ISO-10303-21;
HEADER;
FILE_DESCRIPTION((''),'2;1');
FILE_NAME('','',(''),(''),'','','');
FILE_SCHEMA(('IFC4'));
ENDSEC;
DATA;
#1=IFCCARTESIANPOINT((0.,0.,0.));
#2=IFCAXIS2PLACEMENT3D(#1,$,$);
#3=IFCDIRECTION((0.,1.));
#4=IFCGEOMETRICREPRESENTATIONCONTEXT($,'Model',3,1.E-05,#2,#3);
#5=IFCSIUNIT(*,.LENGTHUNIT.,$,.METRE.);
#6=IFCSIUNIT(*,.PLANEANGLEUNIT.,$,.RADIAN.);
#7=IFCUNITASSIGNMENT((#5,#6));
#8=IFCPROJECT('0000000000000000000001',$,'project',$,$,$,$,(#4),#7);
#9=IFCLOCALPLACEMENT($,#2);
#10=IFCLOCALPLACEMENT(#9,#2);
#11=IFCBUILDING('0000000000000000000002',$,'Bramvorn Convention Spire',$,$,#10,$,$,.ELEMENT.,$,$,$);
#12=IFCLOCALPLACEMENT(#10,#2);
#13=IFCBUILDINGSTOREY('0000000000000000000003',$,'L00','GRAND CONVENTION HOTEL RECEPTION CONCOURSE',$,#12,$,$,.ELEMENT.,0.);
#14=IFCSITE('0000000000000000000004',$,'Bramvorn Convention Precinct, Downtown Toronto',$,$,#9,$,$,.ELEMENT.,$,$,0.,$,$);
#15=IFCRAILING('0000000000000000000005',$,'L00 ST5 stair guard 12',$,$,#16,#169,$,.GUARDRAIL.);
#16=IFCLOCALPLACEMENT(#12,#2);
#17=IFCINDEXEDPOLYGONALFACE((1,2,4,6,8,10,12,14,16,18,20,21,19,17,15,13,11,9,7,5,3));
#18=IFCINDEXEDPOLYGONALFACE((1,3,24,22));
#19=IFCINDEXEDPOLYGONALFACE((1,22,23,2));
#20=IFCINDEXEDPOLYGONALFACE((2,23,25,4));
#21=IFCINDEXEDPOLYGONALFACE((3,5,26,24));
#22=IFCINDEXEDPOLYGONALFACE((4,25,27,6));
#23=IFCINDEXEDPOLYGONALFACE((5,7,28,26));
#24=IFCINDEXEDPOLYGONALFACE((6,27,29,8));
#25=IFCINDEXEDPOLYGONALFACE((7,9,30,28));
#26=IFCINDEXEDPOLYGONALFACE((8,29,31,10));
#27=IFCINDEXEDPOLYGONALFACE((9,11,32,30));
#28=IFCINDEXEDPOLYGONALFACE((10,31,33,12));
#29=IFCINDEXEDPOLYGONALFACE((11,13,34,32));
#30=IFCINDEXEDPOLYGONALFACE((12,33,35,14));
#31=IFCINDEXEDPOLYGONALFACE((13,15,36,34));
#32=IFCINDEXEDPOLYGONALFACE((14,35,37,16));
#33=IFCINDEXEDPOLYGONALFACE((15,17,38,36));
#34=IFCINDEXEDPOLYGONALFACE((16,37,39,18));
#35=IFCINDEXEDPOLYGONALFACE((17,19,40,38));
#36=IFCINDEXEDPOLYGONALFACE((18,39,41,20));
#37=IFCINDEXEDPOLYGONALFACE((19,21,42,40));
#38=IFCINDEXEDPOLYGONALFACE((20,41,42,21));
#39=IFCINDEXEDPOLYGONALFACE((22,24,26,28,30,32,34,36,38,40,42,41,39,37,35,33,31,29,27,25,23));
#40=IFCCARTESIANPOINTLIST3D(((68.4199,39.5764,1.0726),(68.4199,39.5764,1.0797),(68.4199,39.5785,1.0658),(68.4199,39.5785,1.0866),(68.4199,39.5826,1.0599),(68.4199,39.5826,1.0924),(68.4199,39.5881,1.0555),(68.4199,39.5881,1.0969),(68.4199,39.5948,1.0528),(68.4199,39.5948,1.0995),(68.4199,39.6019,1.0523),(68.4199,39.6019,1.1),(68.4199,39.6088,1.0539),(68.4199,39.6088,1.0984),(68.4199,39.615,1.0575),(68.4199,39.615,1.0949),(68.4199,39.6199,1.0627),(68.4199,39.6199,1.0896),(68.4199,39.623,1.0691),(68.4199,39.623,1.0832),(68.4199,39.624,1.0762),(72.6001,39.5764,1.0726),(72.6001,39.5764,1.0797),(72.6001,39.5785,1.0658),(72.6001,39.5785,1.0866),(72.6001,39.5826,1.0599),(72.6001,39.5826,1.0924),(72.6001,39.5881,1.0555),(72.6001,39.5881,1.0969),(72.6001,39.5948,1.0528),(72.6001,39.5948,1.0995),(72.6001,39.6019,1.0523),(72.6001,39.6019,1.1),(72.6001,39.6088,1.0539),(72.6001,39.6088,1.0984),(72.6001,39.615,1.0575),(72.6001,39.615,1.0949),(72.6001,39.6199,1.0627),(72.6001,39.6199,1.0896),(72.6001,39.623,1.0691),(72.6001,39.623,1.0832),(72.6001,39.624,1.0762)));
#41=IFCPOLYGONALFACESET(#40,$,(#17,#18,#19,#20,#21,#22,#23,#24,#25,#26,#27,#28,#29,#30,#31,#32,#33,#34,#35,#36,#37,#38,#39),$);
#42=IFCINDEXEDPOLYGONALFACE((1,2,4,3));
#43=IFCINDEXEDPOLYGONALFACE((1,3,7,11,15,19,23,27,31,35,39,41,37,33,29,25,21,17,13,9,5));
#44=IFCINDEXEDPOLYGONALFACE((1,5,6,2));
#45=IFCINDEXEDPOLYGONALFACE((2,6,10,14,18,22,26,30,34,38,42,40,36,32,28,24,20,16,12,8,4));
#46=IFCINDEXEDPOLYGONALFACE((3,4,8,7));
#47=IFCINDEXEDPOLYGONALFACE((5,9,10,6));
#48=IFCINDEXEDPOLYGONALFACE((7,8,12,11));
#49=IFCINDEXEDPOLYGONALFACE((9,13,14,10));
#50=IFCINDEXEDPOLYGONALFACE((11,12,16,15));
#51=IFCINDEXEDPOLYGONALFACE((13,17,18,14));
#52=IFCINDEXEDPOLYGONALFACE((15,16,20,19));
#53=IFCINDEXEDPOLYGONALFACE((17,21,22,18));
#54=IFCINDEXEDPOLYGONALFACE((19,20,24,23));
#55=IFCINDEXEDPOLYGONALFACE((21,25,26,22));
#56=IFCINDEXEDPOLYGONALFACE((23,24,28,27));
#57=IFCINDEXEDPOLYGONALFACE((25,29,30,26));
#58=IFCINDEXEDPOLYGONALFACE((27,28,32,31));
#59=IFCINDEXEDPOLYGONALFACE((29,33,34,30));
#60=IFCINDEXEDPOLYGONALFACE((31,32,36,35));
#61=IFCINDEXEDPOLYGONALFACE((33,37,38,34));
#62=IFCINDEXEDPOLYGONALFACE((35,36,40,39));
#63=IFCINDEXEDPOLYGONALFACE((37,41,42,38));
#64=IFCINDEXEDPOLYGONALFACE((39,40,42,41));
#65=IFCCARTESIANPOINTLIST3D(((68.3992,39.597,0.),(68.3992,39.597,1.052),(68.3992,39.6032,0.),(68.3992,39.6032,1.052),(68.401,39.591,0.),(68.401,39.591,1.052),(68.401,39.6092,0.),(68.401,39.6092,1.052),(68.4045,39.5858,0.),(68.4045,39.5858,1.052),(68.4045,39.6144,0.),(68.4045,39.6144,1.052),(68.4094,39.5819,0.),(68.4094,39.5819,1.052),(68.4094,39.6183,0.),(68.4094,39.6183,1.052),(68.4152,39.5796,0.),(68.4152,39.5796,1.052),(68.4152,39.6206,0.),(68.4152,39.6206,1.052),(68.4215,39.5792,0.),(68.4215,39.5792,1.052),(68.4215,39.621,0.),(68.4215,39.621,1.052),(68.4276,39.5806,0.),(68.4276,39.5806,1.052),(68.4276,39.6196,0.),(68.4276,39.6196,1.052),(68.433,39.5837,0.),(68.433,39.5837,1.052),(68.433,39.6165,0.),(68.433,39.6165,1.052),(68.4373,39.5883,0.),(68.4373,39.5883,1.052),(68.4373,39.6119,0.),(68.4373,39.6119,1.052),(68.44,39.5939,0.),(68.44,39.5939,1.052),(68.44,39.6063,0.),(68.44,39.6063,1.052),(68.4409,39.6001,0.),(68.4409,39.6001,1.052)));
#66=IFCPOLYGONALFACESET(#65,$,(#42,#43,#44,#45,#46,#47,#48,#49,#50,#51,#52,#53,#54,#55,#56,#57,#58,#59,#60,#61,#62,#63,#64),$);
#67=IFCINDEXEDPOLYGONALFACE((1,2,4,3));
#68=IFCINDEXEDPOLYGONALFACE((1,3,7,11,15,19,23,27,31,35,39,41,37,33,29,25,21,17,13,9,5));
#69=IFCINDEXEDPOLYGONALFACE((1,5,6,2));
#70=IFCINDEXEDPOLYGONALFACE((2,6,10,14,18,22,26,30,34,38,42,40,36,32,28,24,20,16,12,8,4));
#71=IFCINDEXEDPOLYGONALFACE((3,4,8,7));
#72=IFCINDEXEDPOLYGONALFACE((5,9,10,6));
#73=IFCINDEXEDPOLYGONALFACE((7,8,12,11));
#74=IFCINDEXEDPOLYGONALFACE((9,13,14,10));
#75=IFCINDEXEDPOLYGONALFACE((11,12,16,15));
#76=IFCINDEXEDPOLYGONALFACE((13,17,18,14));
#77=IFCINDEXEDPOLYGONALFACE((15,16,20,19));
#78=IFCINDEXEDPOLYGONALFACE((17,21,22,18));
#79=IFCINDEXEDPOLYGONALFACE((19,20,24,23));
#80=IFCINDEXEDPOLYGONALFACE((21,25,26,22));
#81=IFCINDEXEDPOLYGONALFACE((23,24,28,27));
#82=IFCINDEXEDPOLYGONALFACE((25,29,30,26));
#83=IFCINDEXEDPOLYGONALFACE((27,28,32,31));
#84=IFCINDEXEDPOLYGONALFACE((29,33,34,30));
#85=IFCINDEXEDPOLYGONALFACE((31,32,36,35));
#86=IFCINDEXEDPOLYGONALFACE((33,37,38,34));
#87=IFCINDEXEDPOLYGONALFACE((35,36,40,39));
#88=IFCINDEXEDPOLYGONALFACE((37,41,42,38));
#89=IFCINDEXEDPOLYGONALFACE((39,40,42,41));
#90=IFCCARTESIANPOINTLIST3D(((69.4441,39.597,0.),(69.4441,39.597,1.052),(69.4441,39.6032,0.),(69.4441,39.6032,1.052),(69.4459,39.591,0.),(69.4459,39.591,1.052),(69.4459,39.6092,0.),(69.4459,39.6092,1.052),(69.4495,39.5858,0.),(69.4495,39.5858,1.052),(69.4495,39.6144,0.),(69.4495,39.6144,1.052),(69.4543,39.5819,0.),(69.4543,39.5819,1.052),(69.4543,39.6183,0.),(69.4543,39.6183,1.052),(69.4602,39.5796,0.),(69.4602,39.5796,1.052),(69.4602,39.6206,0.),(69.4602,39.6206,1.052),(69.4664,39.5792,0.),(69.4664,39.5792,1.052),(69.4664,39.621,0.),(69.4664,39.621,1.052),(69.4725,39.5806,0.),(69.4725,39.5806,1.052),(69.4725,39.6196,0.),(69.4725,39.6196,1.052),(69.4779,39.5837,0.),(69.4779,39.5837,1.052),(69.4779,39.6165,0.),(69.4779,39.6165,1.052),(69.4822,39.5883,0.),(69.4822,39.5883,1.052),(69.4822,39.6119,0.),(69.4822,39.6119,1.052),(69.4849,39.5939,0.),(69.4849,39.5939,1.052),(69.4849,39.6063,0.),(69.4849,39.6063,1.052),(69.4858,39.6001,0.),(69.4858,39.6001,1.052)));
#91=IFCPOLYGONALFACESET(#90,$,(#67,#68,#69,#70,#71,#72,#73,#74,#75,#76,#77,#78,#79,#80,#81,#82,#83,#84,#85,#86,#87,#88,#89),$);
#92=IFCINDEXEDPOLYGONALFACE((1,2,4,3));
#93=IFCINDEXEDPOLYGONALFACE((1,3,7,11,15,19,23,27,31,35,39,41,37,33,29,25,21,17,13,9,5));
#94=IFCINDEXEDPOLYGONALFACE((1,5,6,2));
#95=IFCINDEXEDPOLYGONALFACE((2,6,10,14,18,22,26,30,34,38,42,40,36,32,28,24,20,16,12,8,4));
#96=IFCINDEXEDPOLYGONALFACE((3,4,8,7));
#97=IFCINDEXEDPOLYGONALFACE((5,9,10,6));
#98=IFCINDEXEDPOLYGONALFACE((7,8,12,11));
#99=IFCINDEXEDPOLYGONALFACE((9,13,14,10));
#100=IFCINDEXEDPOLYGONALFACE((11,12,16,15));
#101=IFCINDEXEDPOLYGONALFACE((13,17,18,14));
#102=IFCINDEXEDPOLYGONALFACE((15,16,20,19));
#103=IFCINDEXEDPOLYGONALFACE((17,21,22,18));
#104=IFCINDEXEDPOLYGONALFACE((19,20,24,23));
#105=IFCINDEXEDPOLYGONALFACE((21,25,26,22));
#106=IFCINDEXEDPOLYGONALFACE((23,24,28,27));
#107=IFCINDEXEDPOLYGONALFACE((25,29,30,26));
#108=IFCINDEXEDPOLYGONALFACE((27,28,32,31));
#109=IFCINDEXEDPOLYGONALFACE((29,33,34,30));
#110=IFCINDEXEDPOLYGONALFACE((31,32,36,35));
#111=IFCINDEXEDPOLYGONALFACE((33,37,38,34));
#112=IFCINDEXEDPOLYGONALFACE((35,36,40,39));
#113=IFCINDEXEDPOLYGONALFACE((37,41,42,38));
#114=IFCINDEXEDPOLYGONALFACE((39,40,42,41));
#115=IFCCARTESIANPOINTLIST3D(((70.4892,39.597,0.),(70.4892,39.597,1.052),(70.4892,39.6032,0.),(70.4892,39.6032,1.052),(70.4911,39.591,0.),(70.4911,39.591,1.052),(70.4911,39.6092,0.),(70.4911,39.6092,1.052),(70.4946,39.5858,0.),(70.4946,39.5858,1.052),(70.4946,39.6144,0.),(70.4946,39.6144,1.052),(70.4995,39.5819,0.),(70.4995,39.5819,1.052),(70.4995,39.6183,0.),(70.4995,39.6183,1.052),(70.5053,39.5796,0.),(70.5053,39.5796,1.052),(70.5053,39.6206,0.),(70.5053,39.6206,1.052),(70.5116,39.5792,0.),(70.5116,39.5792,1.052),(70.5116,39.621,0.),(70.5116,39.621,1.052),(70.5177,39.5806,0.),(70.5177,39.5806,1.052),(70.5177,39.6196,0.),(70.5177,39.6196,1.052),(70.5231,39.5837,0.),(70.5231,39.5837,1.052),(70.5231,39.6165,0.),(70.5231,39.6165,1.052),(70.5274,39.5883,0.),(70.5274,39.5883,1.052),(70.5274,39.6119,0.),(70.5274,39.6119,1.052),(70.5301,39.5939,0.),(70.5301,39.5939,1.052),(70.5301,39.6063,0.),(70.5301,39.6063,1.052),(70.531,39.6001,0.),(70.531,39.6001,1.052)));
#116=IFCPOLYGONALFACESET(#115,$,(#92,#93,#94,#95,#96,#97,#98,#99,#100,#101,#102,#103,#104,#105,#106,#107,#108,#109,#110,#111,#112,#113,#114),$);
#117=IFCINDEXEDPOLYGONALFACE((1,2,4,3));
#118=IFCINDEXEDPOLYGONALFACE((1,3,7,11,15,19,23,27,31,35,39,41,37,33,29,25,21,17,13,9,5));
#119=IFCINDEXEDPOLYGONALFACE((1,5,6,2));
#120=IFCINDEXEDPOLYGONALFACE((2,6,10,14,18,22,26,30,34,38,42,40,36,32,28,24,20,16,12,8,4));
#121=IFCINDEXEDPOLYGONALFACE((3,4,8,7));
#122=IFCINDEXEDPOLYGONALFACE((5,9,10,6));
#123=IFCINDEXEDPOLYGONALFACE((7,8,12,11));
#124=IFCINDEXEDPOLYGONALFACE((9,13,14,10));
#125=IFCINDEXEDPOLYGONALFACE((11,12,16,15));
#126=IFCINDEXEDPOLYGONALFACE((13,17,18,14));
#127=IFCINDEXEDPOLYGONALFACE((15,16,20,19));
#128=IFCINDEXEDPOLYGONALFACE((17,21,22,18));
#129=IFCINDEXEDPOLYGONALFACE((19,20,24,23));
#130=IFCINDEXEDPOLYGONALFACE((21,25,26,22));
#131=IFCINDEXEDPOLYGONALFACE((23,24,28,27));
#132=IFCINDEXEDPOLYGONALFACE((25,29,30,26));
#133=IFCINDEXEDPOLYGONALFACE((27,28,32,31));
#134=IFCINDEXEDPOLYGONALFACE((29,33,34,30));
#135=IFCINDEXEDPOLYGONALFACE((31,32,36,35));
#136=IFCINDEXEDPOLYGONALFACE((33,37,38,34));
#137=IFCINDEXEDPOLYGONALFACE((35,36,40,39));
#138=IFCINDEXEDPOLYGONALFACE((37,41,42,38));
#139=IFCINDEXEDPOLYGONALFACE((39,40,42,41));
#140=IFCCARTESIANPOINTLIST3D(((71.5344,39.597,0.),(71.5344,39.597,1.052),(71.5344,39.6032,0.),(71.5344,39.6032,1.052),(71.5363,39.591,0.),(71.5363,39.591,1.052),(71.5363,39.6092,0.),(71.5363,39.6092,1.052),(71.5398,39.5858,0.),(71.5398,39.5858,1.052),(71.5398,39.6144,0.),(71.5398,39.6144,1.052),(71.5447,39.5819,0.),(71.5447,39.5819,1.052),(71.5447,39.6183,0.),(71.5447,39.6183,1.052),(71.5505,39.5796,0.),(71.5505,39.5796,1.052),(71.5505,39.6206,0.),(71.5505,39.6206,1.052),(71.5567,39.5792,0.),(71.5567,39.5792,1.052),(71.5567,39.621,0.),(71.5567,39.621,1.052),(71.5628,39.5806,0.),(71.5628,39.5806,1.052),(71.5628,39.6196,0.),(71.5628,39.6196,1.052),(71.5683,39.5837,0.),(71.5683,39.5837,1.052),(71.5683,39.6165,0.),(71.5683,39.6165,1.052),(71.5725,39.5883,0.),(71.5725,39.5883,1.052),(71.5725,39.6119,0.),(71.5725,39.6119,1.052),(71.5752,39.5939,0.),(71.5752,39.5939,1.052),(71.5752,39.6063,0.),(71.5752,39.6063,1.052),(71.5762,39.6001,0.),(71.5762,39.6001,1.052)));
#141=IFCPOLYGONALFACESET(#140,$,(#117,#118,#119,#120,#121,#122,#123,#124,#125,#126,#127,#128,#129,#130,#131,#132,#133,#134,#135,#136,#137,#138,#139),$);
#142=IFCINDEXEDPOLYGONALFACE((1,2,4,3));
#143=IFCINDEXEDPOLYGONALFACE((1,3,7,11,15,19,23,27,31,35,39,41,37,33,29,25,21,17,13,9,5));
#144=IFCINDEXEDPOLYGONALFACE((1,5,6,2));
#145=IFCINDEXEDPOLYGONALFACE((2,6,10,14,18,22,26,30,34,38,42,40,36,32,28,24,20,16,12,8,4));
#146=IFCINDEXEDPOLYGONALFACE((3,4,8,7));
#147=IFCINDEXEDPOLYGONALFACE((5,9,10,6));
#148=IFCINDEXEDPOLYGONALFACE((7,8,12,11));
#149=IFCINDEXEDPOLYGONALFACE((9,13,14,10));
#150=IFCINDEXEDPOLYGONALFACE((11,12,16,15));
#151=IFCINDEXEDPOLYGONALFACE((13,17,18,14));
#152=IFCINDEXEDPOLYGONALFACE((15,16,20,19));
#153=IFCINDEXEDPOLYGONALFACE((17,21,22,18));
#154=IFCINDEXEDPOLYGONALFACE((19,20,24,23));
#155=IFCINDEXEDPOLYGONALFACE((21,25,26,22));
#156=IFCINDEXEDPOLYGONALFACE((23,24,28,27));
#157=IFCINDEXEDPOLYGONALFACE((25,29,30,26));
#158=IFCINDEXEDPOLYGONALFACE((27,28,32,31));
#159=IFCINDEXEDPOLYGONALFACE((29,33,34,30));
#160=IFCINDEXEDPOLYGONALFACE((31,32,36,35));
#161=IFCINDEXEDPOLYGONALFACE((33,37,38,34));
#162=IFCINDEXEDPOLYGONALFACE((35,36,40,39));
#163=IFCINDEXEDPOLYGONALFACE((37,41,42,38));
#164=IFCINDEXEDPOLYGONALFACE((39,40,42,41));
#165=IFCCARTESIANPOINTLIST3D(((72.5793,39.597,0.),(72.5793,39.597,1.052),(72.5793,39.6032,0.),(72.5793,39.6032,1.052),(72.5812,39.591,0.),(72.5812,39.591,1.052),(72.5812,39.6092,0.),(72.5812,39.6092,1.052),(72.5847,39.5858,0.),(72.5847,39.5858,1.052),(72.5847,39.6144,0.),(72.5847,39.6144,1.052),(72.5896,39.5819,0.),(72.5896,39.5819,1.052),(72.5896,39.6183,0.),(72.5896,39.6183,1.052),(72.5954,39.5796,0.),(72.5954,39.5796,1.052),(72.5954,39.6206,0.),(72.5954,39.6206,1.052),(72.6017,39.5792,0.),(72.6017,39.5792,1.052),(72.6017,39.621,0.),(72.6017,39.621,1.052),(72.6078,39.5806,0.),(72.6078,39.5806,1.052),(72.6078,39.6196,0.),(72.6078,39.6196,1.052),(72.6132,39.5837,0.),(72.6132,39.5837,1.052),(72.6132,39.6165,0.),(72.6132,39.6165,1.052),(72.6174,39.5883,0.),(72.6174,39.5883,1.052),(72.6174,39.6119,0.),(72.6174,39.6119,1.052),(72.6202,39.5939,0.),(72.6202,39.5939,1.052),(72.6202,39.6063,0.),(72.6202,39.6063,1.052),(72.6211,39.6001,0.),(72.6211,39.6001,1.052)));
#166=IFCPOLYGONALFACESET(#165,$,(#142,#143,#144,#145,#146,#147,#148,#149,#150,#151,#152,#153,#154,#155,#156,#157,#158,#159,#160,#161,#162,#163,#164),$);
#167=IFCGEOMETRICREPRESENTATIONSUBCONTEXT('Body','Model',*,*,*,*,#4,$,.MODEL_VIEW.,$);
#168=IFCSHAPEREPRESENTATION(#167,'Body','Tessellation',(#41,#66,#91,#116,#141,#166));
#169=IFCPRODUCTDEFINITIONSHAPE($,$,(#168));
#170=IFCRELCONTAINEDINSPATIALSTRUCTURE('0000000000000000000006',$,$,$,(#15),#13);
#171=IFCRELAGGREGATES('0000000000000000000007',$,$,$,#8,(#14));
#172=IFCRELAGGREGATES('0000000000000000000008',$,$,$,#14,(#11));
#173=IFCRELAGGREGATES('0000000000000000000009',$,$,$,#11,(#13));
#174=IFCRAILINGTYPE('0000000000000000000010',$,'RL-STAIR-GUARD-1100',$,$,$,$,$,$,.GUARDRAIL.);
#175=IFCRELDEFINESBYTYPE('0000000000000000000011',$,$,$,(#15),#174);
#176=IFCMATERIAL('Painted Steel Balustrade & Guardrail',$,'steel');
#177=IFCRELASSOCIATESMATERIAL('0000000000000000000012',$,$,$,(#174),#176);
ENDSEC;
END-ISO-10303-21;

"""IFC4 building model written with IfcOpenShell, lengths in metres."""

from ifc_helpers import new_model, si_unit, direction, frame, origin, origin_2d, place, context, subcontext, project, spatial, circle, extrude, material, type_object, element, save


model = new_model("IFC4")

# Units and contexts
model_context = context("Model", 3, precision=1e-05, world=origin(), true_north=direction((0.0, 1.0)))
body_context = subcontext(model_context, "Body", "Model", "MODEL_VIEW")
ifc_project = project(units=[si_unit("LENGTHUNIT", "METRE"), si_unit("PLANEANGLEUNIT", "RADIAN")], contexts=[model_context])

# Site, building, storey
site_placement = place(None, origin())
site = spatial("IfcSite", under=ifc_project, at=site_placement, Name="Bramvorn Convention Precinct, Downtown Toronto", CompositionType="ELEMENT", RefElevation=0.0)
building_placement = place(site_placement, origin())
building = spatial("IfcBuilding", under=site, at=building_placement, Name="Bramvorn Convention Spire", CompositionType="ELEMENT")
storey_placement = place(building_placement, origin())
storey = spatial("IfcBuildingStorey", under=building, at=storey_placement, Name="L00", Description="GRAND CONVENTION HOTEL RECEPTION CONCOURSE", CompositionType="ELEMENT", Elevation=0.0)

# Railing
ifc_material_1 = material(Name="Painted Steel Balustrade & Guardrail", Category="steel")
railing_type_1 = type_object("IfcRailingType", Name="RL-STAIR-GUARD-1100", PredefinedType="GUARDRAIL", material=ifc_material_1)
railing_1_placement = place(storey_placement, frame((68.4199, 39.6001, 0.0)))
element("IfcRailing", 1, at=railing_1_placement, inside=storey, type_object=railing_type_1, Name="L00 ST5 stair guard 12", PredefinedType="GUARDRAIL", context=body_context, shape_type="SweptSolid", body=[
    extrude(circle(Radius=0.0239, at=origin_2d()), frame((0.0, 0.0, 1.0762), z_axis=(1.0, 0.0, 0.0), x_axis=(0.0, 1.0, 0.0)), (0.0, 0.0, 1.0), 4.1802),
    extrude(circle(Radius=0.021, at=origin_2d()), origin(), (0.0, 0.0, 1.0), 1.052),
    extrude(circle(Radius=0.021, at=origin_2d()), frame((1.0449, 0.0, 0.0)), (0.0, 0.0, 1.0), 1.052),
    extrude(circle(Radius=0.021, at=origin_2d()), frame((2.0901, 0.0, 0.0)), (0.0, 0.0, 1.0), 1.052),
    extrude(circle(Radius=0.021, at=origin_2d()), frame((3.1353, 0.0, 0.0)), (0.0, 0.0, 1.0), 1.052),
    extrude(circle(Radius=0.021, at=origin_2d()), frame((4.1802, 0.0, 0.0)), (0.0, 0.0, 1.0), 1.052),
])

save(model, "model.ifc")
